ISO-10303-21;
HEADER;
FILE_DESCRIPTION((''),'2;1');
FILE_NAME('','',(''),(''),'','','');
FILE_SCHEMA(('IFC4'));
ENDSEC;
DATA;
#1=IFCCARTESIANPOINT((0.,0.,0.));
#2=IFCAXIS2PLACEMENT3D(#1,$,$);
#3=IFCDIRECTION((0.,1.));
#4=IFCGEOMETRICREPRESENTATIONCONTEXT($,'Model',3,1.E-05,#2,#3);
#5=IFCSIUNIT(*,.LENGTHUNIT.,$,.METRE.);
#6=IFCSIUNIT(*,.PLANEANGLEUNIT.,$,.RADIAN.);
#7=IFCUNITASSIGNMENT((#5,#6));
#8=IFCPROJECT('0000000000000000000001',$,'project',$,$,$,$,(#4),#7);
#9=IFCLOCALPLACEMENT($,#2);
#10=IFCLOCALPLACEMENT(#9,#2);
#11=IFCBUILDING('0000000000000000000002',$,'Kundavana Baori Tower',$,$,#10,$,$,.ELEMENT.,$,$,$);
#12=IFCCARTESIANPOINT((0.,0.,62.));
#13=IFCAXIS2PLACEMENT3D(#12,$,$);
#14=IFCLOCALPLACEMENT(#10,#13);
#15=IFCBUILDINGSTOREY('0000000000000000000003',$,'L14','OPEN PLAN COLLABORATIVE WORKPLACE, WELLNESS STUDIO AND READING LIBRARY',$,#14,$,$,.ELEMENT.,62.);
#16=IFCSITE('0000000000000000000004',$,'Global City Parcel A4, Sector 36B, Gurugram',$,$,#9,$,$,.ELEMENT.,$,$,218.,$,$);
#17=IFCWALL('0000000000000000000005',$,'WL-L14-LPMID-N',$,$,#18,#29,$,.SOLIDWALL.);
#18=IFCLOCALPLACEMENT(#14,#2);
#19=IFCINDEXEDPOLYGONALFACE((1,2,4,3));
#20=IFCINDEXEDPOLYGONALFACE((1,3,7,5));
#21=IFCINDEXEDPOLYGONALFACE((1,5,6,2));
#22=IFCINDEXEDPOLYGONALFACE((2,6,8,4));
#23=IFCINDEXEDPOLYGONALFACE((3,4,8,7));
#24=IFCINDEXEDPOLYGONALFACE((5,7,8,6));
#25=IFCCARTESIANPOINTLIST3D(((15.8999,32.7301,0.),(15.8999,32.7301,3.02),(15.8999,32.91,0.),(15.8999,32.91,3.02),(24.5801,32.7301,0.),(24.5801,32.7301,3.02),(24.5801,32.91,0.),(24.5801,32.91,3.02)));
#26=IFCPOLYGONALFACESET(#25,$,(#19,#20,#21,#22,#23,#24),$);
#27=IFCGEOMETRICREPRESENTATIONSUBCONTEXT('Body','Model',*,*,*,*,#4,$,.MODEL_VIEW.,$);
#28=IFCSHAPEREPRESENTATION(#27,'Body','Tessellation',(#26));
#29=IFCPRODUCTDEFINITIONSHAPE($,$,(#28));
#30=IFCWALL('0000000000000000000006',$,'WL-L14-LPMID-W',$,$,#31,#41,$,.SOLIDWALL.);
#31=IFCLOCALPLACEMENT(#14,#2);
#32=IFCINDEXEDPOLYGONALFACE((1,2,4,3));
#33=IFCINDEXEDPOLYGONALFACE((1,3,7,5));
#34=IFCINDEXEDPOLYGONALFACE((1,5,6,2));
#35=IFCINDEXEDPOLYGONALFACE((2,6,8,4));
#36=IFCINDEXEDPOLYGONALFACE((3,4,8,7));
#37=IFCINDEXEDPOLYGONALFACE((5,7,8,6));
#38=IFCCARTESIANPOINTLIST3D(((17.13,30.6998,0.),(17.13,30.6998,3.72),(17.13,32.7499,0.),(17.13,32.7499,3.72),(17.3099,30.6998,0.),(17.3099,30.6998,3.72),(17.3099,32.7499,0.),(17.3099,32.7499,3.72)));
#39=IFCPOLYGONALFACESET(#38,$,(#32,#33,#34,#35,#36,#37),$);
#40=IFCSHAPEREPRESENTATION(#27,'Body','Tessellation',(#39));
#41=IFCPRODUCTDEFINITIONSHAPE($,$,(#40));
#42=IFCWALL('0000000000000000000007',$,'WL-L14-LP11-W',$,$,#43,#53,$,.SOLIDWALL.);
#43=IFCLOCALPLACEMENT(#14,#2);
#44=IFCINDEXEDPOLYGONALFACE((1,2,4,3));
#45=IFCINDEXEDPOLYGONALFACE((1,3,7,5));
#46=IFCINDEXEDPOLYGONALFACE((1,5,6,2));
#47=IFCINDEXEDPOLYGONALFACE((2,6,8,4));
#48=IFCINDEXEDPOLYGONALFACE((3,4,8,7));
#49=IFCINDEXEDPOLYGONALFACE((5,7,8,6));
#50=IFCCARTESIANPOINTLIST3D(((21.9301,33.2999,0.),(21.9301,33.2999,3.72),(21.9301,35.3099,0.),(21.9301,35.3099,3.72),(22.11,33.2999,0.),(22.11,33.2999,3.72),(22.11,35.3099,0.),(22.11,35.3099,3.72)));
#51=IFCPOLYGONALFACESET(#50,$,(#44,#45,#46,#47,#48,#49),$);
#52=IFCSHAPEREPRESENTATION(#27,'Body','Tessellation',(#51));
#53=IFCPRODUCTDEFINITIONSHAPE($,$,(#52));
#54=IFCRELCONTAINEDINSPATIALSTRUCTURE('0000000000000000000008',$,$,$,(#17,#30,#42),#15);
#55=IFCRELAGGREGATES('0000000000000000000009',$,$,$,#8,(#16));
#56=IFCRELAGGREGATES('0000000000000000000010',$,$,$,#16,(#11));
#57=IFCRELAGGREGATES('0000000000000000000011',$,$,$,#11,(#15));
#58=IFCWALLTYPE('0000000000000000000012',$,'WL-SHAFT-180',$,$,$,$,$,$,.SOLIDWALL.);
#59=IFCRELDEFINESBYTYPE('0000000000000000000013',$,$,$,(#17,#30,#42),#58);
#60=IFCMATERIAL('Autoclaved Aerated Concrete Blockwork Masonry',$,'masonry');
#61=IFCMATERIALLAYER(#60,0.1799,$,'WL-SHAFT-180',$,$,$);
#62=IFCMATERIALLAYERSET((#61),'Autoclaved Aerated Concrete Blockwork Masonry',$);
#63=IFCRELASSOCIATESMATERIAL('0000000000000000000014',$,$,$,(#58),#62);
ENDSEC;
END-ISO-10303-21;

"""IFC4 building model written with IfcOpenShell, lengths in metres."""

from ifc_helpers import new_model, si_unit, direction, frame, frame_2d, origin, place, context, subcontext, project, spatial, rectangle, extrude, material, layer, layer_set, type_object, element, save


model = new_model("IFC4")

# Units and contexts
model_context = context("Model", 3, precision=1e-05, world=origin(), true_north=direction((0.0, 1.0)))
body_context = subcontext(model_context, "Body", "Model", "MODEL_VIEW")
ifc_project = project(units=[si_unit("LENGTHUNIT", "METRE"), si_unit("PLANEANGLEUNIT", "RADIAN")], contexts=[model_context])

# Site, building, storey
site_placement = place(None, origin())
site = spatial("IfcSite", under=ifc_project, at=site_placement, Name="Global City Parcel A4, Sector 36B, Gurugram", CompositionType="ELEMENT", RefElevation=218.0)
building_placement = place(site_placement, origin())
building = spatial("IfcBuilding", under=site, at=building_placement, Name="Kundavana Baori Tower", CompositionType="ELEMENT")
storey_placement = place(building_placement, frame((0.0, 0.0, 62.0)))
storey = spatial("IfcBuildingStorey", under=building, at=storey_placement, Name="L14", Description="OPEN PLAN COLLABORATIVE WORKPLACE, WELLNESS STUDIO AND READING LIBRARY", CompositionType="ELEMENT", Elevation=62.0)

# Shared definitions
ifc_material_1 = material(Name="Autoclaved Aerated Concrete Blockwork Masonry", Category="masonry")
ifc_layer_1 = layer(ifc_material_1, 0.1799, Name="WL-SHAFT-180")
ifc_layer_set_1 = layer_set([ifc_layer_1], Name="Autoclaved Aerated Concrete Blockwork Masonry")
wall_type_1 = type_object("IfcWallType", Name="WL-SHAFT-180", PredefinedType="SOLIDWALL", material=ifc_layer_set_1)

# Walls
wall_1_placement = place(storey_placement, frame((15.8999, 32.8201, 0.0), z_axis=(0.0, 0.0, 1.0), x_axis=(1.0, 0.0, 0.0)))
element("IfcWall", 1, at=wall_1_placement, inside=storey, type_object=wall_type_1, Name="WL-L14-LPMID-N", PredefinedType="SOLIDWALL", context=body_context, shape_type="SweptSolid", body=[
    extrude(rectangle(XDim=8.6802, YDim=0.1799, at=frame_2d((4.3401, 0.0))), origin(), (0.0, 0.0, 1.0), 3.02),
])
wall_2_placement = place(storey_placement, frame((17.22, 30.7, 0.0), z_axis=(0.0, 0.0, 1.0), x_axis=(0.0, 1.0, 0.0)))
element("IfcWall", 2, at=wall_2_placement, inside=storey, type_object=wall_type_1, Name="WL-L14-LPMID-W", PredefinedType="SOLIDWALL", context=body_context, shape_type="SweptSolid", body=[
    extrude(rectangle(XDim=2.05, YDim=0.1799, at=frame_2d((1.0249, 0.0))), origin(), (0.0, 0.0, 1.0), 3.72),
])
wall_3_placement = place(storey_placement, frame((22.02, 33.3, 0.0), z_axis=(0.0, 0.0, 1.0), x_axis=(0.0, 1.0, 0.0)))
element("IfcWall", 3, at=wall_3_placement, inside=storey, type_object=wall_type_1, Name="WL-L14-LP11-W", PredefinedType="SOLIDWALL", context=body_context, shape_type="SweptSolid", body=[
    extrude(rectangle(XDim=2.01, YDim=0.1799, at=frame_2d((1.0049, 0.0))), origin(), (0.0, 0.0, 1.0), 3.72),
])

save(model, "model.ifc")
